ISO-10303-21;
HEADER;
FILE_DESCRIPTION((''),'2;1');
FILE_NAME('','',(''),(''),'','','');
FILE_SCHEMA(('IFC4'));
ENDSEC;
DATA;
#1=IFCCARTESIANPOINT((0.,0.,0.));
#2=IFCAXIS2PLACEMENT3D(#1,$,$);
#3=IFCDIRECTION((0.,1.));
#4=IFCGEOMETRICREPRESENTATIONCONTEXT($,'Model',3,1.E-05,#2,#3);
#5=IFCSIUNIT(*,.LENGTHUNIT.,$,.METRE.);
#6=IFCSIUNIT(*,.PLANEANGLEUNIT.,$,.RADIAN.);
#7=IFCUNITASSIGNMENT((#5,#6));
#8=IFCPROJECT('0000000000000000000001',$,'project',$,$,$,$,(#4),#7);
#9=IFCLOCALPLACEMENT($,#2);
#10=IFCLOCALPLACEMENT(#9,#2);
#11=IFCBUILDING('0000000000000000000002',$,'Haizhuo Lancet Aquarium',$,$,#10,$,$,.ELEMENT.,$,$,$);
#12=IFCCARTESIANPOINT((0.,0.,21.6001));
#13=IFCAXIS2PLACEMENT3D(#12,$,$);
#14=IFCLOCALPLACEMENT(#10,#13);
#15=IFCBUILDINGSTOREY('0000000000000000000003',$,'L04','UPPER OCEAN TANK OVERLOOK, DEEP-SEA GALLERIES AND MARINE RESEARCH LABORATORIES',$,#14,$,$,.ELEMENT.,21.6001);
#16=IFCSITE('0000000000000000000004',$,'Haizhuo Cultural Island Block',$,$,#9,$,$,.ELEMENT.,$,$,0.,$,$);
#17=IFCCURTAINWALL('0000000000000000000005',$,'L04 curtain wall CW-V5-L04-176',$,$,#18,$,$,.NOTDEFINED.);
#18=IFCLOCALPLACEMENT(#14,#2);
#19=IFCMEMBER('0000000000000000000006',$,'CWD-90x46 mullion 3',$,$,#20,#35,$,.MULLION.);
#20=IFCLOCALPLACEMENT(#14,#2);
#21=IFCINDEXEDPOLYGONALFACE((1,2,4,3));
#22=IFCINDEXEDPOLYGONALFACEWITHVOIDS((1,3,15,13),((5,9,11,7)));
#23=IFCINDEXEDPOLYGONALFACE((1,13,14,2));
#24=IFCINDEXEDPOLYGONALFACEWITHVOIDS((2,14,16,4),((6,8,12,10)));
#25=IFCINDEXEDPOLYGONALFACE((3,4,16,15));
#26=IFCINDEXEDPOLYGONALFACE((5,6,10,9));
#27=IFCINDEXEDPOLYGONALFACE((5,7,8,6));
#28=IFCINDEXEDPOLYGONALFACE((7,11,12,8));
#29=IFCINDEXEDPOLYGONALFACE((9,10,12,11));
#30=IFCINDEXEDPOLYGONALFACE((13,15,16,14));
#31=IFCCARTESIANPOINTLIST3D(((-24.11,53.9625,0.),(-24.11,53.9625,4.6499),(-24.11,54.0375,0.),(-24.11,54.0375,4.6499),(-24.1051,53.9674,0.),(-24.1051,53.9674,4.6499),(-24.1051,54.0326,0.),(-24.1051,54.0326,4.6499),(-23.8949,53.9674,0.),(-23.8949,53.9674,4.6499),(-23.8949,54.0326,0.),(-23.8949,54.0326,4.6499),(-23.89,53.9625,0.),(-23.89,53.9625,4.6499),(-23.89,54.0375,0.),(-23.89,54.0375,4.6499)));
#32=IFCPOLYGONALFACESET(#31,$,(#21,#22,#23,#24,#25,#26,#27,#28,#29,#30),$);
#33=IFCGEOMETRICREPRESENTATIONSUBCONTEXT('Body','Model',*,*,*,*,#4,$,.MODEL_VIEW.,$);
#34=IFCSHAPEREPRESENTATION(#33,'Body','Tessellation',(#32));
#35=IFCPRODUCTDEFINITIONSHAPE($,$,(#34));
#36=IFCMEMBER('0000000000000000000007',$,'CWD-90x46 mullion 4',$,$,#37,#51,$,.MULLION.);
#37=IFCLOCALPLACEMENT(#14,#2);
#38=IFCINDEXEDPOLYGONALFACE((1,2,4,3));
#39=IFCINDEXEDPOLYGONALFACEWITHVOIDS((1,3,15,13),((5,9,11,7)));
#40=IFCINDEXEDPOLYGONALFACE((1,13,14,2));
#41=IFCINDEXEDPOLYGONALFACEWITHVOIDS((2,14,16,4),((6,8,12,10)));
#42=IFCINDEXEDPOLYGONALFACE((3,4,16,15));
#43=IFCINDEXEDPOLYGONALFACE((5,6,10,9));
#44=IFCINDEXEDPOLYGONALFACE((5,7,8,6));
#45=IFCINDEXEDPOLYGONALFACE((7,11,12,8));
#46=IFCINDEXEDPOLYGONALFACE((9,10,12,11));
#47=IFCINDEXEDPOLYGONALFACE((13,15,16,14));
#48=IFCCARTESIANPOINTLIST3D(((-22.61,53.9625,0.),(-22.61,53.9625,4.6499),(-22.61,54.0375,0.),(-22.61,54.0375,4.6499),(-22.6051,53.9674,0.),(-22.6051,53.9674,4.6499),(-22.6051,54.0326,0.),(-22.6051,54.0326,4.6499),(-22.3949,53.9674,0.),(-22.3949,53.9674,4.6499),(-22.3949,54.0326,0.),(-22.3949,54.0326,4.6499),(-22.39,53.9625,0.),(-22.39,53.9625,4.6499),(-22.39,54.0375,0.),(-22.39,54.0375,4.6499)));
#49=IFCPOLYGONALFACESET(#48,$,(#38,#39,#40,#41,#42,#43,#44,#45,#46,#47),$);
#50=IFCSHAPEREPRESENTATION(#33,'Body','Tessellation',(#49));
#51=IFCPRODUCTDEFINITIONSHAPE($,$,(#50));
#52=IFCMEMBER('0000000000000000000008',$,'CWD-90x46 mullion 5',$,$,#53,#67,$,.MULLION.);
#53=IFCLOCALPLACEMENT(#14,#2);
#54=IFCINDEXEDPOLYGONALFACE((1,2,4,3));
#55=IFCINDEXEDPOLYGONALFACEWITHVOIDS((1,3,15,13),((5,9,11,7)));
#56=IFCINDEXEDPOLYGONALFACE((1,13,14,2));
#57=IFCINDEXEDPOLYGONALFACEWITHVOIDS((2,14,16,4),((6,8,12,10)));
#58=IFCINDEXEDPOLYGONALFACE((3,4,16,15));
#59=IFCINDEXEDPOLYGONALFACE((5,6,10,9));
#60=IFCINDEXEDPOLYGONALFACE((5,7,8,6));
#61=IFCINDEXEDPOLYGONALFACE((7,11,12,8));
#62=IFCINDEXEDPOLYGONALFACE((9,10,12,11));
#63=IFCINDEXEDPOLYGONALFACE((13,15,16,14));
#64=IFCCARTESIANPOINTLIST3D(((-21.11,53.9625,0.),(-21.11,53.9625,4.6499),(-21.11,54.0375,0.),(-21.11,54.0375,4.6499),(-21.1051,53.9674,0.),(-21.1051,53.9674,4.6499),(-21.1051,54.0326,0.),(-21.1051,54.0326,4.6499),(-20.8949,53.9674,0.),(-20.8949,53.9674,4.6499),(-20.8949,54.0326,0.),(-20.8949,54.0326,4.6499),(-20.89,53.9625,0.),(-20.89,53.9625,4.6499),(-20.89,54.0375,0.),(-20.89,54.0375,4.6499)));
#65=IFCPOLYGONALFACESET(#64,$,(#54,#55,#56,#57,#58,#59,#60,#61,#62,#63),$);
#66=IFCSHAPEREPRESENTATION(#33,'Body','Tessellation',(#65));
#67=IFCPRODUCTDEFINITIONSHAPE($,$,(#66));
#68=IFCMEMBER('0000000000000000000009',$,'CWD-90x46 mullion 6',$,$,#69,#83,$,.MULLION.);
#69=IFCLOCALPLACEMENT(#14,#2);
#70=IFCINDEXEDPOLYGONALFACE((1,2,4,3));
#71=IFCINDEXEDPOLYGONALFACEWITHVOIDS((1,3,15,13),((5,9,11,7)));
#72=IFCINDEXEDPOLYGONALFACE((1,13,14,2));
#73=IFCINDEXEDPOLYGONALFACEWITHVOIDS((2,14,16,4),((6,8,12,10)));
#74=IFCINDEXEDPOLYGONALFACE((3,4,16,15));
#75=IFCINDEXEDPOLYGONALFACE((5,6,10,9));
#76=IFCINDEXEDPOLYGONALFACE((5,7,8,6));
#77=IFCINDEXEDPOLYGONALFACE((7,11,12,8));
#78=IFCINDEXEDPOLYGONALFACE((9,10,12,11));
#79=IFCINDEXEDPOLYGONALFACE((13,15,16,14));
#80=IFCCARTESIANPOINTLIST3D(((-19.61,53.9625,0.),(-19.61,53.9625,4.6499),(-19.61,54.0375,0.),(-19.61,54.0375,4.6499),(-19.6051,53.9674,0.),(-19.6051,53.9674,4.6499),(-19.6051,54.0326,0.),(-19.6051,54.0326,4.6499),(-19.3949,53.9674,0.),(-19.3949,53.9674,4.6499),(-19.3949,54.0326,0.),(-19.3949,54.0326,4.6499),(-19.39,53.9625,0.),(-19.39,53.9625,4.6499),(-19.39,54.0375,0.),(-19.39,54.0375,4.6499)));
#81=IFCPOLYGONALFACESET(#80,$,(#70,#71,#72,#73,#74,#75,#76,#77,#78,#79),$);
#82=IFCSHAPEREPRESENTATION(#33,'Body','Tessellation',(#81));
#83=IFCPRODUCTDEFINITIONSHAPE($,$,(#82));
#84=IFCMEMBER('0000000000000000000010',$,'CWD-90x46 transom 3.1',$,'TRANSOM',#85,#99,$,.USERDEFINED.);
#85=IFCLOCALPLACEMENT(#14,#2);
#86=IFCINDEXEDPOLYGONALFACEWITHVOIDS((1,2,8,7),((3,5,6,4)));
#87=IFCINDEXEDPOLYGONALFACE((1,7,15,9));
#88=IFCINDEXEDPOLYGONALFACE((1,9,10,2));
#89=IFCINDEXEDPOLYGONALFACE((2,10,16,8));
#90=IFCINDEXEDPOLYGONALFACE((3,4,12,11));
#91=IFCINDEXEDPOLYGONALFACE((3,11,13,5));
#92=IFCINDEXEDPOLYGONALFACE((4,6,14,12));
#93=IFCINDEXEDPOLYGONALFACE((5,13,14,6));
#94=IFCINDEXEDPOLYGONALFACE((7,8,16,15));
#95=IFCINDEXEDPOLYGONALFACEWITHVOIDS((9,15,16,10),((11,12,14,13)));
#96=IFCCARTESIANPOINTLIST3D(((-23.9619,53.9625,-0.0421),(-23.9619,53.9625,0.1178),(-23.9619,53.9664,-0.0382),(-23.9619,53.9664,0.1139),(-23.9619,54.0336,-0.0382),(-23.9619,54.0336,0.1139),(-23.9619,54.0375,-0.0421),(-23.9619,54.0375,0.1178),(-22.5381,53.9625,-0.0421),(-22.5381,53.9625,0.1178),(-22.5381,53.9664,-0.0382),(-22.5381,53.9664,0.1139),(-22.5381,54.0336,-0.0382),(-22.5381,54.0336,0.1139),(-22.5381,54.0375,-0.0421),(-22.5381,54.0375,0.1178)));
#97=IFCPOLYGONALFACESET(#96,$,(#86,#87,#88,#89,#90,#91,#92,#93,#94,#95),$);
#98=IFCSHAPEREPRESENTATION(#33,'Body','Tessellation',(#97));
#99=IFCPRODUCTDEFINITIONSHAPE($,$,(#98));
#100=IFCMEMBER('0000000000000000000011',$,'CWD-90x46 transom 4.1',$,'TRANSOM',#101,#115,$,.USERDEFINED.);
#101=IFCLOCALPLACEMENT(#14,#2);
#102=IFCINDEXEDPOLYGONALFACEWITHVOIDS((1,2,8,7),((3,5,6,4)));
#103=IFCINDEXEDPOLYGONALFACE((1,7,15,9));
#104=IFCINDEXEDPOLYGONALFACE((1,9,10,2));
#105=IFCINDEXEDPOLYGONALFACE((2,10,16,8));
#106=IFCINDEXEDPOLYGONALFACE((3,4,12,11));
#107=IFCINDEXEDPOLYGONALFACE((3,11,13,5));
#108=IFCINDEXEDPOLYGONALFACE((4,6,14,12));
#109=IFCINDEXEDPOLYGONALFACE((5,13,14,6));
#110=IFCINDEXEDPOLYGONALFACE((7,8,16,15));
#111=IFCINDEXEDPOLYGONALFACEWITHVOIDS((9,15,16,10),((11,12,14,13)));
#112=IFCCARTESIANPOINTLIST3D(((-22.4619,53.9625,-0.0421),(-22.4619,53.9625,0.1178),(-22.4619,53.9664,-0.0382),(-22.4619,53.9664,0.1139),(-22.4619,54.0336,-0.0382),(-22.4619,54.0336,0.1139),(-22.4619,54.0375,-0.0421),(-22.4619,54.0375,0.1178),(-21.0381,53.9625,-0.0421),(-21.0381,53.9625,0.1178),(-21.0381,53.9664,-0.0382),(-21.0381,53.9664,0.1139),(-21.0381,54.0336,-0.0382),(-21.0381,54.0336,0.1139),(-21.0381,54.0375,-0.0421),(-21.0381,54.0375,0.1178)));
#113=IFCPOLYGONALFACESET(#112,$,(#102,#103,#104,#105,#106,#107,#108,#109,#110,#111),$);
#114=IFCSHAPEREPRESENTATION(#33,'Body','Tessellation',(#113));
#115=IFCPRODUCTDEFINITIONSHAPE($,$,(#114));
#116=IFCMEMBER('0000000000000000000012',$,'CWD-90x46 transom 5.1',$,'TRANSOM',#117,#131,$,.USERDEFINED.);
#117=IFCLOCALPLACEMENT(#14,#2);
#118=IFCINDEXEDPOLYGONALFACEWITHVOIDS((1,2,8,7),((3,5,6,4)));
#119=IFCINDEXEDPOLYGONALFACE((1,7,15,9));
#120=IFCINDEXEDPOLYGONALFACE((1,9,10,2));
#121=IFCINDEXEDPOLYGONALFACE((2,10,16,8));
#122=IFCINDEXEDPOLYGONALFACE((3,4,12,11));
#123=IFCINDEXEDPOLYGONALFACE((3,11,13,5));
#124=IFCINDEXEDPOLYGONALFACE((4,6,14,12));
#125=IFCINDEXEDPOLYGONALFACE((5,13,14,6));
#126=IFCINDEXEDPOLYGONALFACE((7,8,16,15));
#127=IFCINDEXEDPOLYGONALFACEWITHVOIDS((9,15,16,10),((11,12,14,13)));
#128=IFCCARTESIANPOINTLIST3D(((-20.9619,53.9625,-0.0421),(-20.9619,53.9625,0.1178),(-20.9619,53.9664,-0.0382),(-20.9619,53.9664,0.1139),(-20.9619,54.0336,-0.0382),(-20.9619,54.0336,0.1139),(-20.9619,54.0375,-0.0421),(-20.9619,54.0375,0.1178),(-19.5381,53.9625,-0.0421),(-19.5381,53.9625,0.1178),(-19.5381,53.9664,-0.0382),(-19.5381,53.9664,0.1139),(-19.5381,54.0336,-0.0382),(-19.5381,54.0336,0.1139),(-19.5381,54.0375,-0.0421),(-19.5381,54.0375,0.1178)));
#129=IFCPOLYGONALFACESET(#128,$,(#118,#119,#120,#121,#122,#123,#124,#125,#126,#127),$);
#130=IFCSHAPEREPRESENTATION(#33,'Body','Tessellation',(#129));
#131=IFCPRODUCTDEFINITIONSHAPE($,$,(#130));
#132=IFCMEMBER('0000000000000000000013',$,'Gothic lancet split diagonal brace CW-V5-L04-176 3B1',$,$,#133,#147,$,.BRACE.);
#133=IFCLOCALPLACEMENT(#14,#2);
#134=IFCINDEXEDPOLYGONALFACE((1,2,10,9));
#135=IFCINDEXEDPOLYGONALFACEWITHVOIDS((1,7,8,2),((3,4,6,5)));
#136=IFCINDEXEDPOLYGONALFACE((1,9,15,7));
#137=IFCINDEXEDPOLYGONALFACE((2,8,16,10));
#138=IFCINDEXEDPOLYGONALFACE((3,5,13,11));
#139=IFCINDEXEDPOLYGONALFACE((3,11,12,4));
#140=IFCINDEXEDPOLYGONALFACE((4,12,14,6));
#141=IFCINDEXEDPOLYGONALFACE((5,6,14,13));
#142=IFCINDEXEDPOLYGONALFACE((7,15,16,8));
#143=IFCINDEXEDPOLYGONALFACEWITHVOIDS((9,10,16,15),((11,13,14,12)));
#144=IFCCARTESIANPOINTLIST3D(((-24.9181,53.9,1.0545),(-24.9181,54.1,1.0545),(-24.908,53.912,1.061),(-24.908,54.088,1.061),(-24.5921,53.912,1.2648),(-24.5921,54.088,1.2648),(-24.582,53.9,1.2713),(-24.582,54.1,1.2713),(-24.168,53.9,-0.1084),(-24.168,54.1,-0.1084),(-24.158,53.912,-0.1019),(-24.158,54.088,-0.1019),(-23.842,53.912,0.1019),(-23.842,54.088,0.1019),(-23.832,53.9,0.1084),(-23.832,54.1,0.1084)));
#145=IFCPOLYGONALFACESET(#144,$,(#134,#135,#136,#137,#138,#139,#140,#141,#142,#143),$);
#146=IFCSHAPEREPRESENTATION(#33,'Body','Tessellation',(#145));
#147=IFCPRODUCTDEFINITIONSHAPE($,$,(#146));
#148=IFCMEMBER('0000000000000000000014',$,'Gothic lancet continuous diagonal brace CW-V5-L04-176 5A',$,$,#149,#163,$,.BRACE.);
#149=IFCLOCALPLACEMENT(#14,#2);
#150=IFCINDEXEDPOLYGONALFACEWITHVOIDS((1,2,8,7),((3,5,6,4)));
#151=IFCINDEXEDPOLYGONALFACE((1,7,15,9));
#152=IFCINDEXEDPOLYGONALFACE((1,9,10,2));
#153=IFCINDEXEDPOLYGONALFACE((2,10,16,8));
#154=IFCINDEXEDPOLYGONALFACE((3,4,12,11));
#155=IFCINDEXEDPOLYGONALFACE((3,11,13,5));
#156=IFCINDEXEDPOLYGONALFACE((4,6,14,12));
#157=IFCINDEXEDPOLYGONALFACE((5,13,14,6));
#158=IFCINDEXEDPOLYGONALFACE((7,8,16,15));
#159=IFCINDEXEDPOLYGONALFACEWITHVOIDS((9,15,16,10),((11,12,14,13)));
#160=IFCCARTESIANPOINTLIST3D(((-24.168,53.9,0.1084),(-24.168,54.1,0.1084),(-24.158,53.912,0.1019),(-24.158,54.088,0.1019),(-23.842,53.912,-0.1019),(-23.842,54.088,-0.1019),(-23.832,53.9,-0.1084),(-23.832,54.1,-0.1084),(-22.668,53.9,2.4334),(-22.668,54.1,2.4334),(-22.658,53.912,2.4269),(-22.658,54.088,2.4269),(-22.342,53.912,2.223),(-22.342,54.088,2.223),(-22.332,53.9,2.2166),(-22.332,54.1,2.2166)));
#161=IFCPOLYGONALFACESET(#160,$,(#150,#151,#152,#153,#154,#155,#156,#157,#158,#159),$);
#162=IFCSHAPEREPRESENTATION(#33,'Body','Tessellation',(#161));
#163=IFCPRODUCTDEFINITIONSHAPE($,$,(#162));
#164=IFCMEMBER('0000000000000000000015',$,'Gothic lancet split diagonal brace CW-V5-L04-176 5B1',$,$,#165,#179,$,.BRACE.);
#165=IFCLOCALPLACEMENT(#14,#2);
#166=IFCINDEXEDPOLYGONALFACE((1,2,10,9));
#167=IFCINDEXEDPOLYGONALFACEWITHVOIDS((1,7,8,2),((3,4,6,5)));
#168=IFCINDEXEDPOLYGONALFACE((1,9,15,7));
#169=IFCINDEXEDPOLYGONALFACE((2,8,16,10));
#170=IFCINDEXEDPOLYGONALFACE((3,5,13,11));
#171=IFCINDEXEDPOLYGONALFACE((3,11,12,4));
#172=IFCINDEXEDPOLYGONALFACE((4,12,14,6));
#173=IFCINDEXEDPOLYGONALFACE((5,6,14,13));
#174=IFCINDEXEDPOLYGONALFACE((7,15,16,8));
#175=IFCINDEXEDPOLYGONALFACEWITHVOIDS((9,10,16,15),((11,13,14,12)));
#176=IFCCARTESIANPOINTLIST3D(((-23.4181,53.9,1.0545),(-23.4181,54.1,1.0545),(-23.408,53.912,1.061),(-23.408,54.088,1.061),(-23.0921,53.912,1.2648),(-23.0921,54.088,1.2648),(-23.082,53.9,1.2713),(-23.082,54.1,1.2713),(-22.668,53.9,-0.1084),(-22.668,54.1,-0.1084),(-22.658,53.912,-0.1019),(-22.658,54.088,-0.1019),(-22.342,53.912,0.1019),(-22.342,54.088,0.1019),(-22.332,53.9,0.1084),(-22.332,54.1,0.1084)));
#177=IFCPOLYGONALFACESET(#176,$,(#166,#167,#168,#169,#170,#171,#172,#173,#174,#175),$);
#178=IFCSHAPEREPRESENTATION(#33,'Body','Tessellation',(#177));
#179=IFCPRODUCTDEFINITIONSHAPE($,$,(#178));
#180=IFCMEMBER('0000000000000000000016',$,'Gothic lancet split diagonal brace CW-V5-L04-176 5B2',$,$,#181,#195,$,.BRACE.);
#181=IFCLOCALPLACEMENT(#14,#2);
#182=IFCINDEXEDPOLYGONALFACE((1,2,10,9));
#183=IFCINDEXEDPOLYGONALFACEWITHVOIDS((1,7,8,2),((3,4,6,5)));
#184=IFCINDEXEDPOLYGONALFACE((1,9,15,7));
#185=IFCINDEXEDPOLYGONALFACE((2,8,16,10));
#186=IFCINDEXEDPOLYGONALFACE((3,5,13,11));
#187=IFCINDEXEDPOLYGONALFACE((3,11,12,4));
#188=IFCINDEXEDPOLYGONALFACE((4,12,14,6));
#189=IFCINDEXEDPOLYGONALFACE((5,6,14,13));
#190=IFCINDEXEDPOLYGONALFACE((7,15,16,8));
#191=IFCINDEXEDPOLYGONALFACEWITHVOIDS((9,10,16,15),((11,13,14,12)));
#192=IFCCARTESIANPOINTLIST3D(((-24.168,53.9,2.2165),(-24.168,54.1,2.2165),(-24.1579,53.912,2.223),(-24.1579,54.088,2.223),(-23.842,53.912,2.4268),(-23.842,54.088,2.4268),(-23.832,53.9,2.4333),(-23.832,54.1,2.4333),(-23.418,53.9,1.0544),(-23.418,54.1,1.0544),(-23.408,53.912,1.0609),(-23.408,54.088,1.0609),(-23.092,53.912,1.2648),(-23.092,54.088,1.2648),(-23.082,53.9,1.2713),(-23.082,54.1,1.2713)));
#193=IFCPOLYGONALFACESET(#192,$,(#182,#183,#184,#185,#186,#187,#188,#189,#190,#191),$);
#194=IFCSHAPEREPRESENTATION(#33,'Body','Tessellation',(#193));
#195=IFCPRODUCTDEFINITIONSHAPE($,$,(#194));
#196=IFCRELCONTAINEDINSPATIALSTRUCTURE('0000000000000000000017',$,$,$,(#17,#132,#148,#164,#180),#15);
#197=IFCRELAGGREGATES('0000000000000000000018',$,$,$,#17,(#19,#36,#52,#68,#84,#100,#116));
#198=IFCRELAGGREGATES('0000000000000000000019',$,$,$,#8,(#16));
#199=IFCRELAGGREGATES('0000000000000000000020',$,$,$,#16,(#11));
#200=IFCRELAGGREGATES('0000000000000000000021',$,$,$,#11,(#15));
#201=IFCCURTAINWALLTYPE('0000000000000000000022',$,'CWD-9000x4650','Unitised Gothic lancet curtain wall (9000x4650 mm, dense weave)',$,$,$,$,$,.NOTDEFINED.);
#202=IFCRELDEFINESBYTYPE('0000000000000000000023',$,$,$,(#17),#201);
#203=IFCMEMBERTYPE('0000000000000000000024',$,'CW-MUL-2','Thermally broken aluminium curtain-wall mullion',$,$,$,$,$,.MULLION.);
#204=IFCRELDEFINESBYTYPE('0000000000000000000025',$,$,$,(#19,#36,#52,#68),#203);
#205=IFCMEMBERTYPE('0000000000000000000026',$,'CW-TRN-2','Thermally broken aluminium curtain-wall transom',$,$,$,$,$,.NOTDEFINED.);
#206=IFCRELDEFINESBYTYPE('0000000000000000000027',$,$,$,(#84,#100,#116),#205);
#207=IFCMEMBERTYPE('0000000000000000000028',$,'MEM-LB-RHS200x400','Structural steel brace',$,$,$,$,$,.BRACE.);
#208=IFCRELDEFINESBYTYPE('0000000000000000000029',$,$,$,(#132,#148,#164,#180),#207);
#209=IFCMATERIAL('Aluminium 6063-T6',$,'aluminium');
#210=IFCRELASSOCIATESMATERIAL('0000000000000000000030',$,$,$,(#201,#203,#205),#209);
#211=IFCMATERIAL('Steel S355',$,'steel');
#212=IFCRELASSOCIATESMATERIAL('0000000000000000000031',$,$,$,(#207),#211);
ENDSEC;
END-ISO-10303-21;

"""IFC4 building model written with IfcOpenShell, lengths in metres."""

from ifc_helpers import new_model, si_unit, direction, frame, origin, origin_2d, place, context, subcontext, project, spatial, hollow_rectangle, extrude, material, material_profile, profile_set, type_object, element, aggregate, save


model = new_model("IFC4")

# Units and contexts
model_context = context("Model", 3, precision=1e-05, world=origin(), true_north=direction((0.0, 1.0)))
body_context = subcontext(model_context, "Body", "Model", "MODEL_VIEW")
ifc_project = project(units=[si_unit("LENGTHUNIT", "METRE"), si_unit("PLANEANGLEUNIT", "RADIAN")], contexts=[model_context])

# Site, building, storey
site_placement = place(None, origin())
site = spatial("IfcSite", under=ifc_project, at=site_placement, Name="Haizhuo Cultural Island Block", CompositionType="ELEMENT", RefElevation=0.0)
building_placement = place(site_placement, origin())
building = spatial("IfcBuilding", under=site, at=building_placement, Name="Haizhuo Lancet Aquarium", CompositionType="ELEMENT")
storey_placement = place(building_placement, frame((0.0, 0.0, 21.6001)))
storey = spatial("IfcBuildingStorey", under=building, at=storey_placement, Name="L04", Description="UPPER OCEAN TANK OVERLOOK, DEEP-SEA GALLERIES AND MARINE RESEARCH LABORATORIES", CompositionType="ELEMENT", Elevation=21.6001)

# Curtain wall, members
ifc_material_1 = material(Name="Aluminium 6063-T6", Category="aluminium")
curtain_wall_type = type_object("IfcCurtainWallType", Name="CWD-9000x4650", Description="Unitised Gothic lancet curtain wall (9000x4650 mm, dense weave)", PredefinedType="NOTDEFINED", material=ifc_material_1)
curtain_wall_placement = place(storey_placement, origin())
curtain_wall = element("IfcCurtainWall", 1, at=curtain_wall_placement, inside=storey, type_object=curtain_wall_type, Name="L04 curtain wall CW-V5-L04-176", PredefinedType="NOTDEFINED")
ifc_material_profile_1 = material_profile(ifc_material_1, hollow_rectangle(XDim=0.075, YDim=0.22, WallThickness=0.0049, at=origin_2d()), Name="ALU-M 75x220x5")
ifc_profile_set_1 = profile_set([ifc_material_profile_1], Name="Aluminium 6063-T6")
member_type_1 = type_object("IfcMemberType", Name="CW-MUL-2", Description="Thermally broken aluminium curtain-wall mullion", PredefinedType="MULLION", material=ifc_profile_set_1)
member_1_placement = place(storey_placement, frame((-24.0, 54.0, 0.0), z_axis=(0.0, 0.0, 1.0), x_axis=(0.0, 1.0, 0.0)))
member_1 = element("IfcMember", 2, at=member_1_placement, type_object=member_type_1, Name="CWD-90x46 mullion 3", PredefinedType="MULLION", context=body_context, shape_type="SweptSolid", body=[
    extrude(hollow_rectangle(XDim=0.075, YDim=0.22, WallThickness=0.0049, at=origin_2d()), origin(), (0.0, 0.0, 1.0), 4.6499),
])
member_2_placement = place(storey_placement, frame((-22.5, 54.0, 0.0), z_axis=(0.0, 0.0, 1.0), x_axis=(0.0, 1.0, 0.0)))
member_2 = element("IfcMember", 3, at=member_2_placement, type_object=member_type_1, Name="CWD-90x46 mullion 4", PredefinedType="MULLION", context=body_context, shape_type="SweptSolid", body=[
    extrude(hollow_rectangle(XDim=0.075, YDim=0.22, WallThickness=0.0049, at=origin_2d()), origin(), (0.0, 0.0, 1.0), 4.6499),
])
member_3_placement = place(storey_placement, frame((-21.0, 54.0, 0.0), z_axis=(0.0, 0.0, 1.0), x_axis=(0.0, 1.0, 0.0)))
member_3 = element("IfcMember", 4, at=member_3_placement, type_object=member_type_1, Name="CWD-90x46 mullion 5", PredefinedType="MULLION", context=body_context, shape_type="SweptSolid", body=[
    extrude(hollow_rectangle(XDim=0.075, YDim=0.22, WallThickness=0.0049, at=origin_2d()), origin(), (0.0, 0.0, 1.0), 4.6499),
])
member_4_placement = place(storey_placement, frame((-19.5, 54.0, 0.0), z_axis=(0.0, 0.0, 1.0), x_axis=(0.0, 1.0, 0.0)))
member_4 = element("IfcMember", 5, at=member_4_placement, type_object=member_type_1, Name="CWD-90x46 mullion 6", PredefinedType="MULLION", context=body_context, shape_type="SweptSolid", body=[
    extrude(hollow_rectangle(XDim=0.075, YDim=0.22, WallThickness=0.0049, at=origin_2d()), origin(), (0.0, 0.0, 1.0), 4.6499),
])
ifc_material_profile_2 = material_profile(ifc_material_1, hollow_rectangle(XDim=0.075, YDim=0.1599, WallThickness=0.0039, at=origin_2d()), Name="ALU-T 75x160x4")
ifc_profile_set_2 = profile_set([ifc_material_profile_2], Name="Aluminium 6063-T6")
member_type_2 = type_object("IfcMemberType", Name="CW-TRN-2", Description="Thermally broken aluminium curtain-wall transom", PredefinedType="NOTDEFINED", material=ifc_profile_set_2)
member_5_placement = place(storey_placement, frame((-23.9619, 54.0, 0.0378), z_axis=(1.0, 0.0, 0.0), x_axis=(0.0, 1.0, 0.0)))
member_5 = element("IfcMember", 6, at=member_5_placement, type_object=member_type_2, Name="CWD-90x46 transom 3.1", ObjectType="TRANSOM", PredefinedType="USERDEFINED", context=body_context, shape_type="SweptSolid", body=[
    extrude(hollow_rectangle(XDim=0.075, YDim=0.1599, WallThickness=0.0039, at=origin_2d()), origin(), (0.0, 0.0, 1.0), 1.4238),
])
member_6_placement = place(storey_placement, frame((-22.4619, 54.0, 0.0378), z_axis=(1.0, 0.0, 0.0), x_axis=(0.0, 1.0, 0.0)))
member_6 = element("IfcMember", 7, at=member_6_placement, type_object=member_type_2, Name="CWD-90x46 transom 4.1", ObjectType="TRANSOM", PredefinedType="USERDEFINED", context=body_context, shape_type="SweptSolid", body=[
    extrude(hollow_rectangle(XDim=0.075, YDim=0.1599, WallThickness=0.0039, at=origin_2d()), origin(), (0.0, 0.0, 1.0), 1.4238),
])
member_7_placement = place(storey_placement, frame((-20.9619, 54.0, 0.0378), z_axis=(1.0, 0.0, 0.0), x_axis=(0.0, 1.0, 0.0)))
member_7 = element("IfcMember", 8, at=member_7_placement, type_object=member_type_2, Name="CWD-90x46 transom 5.1", ObjectType="TRANSOM", PredefinedType="USERDEFINED", context=body_context, shape_type="SweptSolid", body=[
    extrude(hollow_rectangle(XDim=0.075, YDim=0.1599, WallThickness=0.0039, at=origin_2d()), origin(), (0.0, 0.0, 1.0), 1.4238),
])

# Members
ifc_material_2 = material(Name="Steel S355", Category="steel")
ifc_material_profile_3 = material_profile(ifc_material_2, hollow_rectangle(XDim=0.2, YDim=0.3999, WallThickness=0.012, at=origin_2d()), Name="RHS 200x400x12")
ifc_profile_set_3 = profile_set([ifc_material_profile_3], Name="Steel S355")
member_type_3 = type_object("IfcMemberType", Name="MEM-LB-RHS200x400", Description="Structural steel brace", PredefinedType="BRACE", material=ifc_profile_set_3)
member_8_placement = place(storey_placement, frame((-24.0, 54.0, 0.0), z_axis=(-0.542014, 0.0, 0.840369), x_axis=(0.0, -1.0, 0.0)))
element("IfcMember", 9, at=member_8_placement, inside=storey, type_object=member_type_3, Name="Gothic lancet split diagonal brace CW-V5-L04-176 3B1", PredefinedType="BRACE", context=body_context, shape_type="SweptSolid", body=[
    extrude(hollow_rectangle(XDim=0.2, YDim=0.3999, WallThickness=0.012, at=origin_2d()), origin(), (0.0, 0.0, 1.0), 1.3838),
])
member_9_placement = place(storey_placement, frame((-24.0, 54.0, 0.0), z_axis=(0.542135, 0.0, 0.840291), x_axis=(0.0, 1.0, 0.0)))
element("IfcMember", 10, at=member_9_placement, inside=storey, type_object=member_type_3, Name="Gothic lancet continuous diagonal brace CW-V5-L04-176 5A", PredefinedType="BRACE", context=body_context, shape_type="SweptSolid", body=[
    extrude(hollow_rectangle(XDim=0.2, YDim=0.3999, WallThickness=0.012, at=origin_2d()), origin(), (0.0, 0.0, 1.0), 2.7668),
])
member_10_placement = place(storey_placement, frame((-22.5, 54.0, 0.0), z_axis=(-0.542014, 0.0, 0.840369), x_axis=(0.0, -1.0, 0.0)))
element("IfcMember", 11, at=member_10_placement, inside=storey, type_object=member_type_3, Name="Gothic lancet split diagonal brace CW-V5-L04-176 5B1", PredefinedType="BRACE", context=body_context, shape_type="SweptSolid", body=[
    extrude(hollow_rectangle(XDim=0.2, YDim=0.3999, WallThickness=0.012, at=origin_2d()), origin(), (0.0, 0.0, 1.0), 1.3838),
])
member_11_placement = place(storey_placement, frame((-23.25, 54.0, 1.1628), z_axis=(-0.542256, 0.0, 0.840214), x_axis=(0.0, -1.0, 0.0)))
element("IfcMember", 12, at=member_11_placement, inside=storey, type_object=member_type_3, Name="Gothic lancet split diagonal brace CW-V5-L04-176 5B2", PredefinedType="BRACE", context=body_context, shape_type="SweptSolid", body=[
    extrude(hollow_rectangle(XDim=0.2, YDim=0.3999, WallThickness=0.012, at=origin_2d()), origin(), (0.0, 0.0, 1.0), 1.3831),
])

aggregate(curtain_wall, [member_1, member_2, member_3, member_4, member_5, member_6, member_7])

save(model, "model.ifc")
